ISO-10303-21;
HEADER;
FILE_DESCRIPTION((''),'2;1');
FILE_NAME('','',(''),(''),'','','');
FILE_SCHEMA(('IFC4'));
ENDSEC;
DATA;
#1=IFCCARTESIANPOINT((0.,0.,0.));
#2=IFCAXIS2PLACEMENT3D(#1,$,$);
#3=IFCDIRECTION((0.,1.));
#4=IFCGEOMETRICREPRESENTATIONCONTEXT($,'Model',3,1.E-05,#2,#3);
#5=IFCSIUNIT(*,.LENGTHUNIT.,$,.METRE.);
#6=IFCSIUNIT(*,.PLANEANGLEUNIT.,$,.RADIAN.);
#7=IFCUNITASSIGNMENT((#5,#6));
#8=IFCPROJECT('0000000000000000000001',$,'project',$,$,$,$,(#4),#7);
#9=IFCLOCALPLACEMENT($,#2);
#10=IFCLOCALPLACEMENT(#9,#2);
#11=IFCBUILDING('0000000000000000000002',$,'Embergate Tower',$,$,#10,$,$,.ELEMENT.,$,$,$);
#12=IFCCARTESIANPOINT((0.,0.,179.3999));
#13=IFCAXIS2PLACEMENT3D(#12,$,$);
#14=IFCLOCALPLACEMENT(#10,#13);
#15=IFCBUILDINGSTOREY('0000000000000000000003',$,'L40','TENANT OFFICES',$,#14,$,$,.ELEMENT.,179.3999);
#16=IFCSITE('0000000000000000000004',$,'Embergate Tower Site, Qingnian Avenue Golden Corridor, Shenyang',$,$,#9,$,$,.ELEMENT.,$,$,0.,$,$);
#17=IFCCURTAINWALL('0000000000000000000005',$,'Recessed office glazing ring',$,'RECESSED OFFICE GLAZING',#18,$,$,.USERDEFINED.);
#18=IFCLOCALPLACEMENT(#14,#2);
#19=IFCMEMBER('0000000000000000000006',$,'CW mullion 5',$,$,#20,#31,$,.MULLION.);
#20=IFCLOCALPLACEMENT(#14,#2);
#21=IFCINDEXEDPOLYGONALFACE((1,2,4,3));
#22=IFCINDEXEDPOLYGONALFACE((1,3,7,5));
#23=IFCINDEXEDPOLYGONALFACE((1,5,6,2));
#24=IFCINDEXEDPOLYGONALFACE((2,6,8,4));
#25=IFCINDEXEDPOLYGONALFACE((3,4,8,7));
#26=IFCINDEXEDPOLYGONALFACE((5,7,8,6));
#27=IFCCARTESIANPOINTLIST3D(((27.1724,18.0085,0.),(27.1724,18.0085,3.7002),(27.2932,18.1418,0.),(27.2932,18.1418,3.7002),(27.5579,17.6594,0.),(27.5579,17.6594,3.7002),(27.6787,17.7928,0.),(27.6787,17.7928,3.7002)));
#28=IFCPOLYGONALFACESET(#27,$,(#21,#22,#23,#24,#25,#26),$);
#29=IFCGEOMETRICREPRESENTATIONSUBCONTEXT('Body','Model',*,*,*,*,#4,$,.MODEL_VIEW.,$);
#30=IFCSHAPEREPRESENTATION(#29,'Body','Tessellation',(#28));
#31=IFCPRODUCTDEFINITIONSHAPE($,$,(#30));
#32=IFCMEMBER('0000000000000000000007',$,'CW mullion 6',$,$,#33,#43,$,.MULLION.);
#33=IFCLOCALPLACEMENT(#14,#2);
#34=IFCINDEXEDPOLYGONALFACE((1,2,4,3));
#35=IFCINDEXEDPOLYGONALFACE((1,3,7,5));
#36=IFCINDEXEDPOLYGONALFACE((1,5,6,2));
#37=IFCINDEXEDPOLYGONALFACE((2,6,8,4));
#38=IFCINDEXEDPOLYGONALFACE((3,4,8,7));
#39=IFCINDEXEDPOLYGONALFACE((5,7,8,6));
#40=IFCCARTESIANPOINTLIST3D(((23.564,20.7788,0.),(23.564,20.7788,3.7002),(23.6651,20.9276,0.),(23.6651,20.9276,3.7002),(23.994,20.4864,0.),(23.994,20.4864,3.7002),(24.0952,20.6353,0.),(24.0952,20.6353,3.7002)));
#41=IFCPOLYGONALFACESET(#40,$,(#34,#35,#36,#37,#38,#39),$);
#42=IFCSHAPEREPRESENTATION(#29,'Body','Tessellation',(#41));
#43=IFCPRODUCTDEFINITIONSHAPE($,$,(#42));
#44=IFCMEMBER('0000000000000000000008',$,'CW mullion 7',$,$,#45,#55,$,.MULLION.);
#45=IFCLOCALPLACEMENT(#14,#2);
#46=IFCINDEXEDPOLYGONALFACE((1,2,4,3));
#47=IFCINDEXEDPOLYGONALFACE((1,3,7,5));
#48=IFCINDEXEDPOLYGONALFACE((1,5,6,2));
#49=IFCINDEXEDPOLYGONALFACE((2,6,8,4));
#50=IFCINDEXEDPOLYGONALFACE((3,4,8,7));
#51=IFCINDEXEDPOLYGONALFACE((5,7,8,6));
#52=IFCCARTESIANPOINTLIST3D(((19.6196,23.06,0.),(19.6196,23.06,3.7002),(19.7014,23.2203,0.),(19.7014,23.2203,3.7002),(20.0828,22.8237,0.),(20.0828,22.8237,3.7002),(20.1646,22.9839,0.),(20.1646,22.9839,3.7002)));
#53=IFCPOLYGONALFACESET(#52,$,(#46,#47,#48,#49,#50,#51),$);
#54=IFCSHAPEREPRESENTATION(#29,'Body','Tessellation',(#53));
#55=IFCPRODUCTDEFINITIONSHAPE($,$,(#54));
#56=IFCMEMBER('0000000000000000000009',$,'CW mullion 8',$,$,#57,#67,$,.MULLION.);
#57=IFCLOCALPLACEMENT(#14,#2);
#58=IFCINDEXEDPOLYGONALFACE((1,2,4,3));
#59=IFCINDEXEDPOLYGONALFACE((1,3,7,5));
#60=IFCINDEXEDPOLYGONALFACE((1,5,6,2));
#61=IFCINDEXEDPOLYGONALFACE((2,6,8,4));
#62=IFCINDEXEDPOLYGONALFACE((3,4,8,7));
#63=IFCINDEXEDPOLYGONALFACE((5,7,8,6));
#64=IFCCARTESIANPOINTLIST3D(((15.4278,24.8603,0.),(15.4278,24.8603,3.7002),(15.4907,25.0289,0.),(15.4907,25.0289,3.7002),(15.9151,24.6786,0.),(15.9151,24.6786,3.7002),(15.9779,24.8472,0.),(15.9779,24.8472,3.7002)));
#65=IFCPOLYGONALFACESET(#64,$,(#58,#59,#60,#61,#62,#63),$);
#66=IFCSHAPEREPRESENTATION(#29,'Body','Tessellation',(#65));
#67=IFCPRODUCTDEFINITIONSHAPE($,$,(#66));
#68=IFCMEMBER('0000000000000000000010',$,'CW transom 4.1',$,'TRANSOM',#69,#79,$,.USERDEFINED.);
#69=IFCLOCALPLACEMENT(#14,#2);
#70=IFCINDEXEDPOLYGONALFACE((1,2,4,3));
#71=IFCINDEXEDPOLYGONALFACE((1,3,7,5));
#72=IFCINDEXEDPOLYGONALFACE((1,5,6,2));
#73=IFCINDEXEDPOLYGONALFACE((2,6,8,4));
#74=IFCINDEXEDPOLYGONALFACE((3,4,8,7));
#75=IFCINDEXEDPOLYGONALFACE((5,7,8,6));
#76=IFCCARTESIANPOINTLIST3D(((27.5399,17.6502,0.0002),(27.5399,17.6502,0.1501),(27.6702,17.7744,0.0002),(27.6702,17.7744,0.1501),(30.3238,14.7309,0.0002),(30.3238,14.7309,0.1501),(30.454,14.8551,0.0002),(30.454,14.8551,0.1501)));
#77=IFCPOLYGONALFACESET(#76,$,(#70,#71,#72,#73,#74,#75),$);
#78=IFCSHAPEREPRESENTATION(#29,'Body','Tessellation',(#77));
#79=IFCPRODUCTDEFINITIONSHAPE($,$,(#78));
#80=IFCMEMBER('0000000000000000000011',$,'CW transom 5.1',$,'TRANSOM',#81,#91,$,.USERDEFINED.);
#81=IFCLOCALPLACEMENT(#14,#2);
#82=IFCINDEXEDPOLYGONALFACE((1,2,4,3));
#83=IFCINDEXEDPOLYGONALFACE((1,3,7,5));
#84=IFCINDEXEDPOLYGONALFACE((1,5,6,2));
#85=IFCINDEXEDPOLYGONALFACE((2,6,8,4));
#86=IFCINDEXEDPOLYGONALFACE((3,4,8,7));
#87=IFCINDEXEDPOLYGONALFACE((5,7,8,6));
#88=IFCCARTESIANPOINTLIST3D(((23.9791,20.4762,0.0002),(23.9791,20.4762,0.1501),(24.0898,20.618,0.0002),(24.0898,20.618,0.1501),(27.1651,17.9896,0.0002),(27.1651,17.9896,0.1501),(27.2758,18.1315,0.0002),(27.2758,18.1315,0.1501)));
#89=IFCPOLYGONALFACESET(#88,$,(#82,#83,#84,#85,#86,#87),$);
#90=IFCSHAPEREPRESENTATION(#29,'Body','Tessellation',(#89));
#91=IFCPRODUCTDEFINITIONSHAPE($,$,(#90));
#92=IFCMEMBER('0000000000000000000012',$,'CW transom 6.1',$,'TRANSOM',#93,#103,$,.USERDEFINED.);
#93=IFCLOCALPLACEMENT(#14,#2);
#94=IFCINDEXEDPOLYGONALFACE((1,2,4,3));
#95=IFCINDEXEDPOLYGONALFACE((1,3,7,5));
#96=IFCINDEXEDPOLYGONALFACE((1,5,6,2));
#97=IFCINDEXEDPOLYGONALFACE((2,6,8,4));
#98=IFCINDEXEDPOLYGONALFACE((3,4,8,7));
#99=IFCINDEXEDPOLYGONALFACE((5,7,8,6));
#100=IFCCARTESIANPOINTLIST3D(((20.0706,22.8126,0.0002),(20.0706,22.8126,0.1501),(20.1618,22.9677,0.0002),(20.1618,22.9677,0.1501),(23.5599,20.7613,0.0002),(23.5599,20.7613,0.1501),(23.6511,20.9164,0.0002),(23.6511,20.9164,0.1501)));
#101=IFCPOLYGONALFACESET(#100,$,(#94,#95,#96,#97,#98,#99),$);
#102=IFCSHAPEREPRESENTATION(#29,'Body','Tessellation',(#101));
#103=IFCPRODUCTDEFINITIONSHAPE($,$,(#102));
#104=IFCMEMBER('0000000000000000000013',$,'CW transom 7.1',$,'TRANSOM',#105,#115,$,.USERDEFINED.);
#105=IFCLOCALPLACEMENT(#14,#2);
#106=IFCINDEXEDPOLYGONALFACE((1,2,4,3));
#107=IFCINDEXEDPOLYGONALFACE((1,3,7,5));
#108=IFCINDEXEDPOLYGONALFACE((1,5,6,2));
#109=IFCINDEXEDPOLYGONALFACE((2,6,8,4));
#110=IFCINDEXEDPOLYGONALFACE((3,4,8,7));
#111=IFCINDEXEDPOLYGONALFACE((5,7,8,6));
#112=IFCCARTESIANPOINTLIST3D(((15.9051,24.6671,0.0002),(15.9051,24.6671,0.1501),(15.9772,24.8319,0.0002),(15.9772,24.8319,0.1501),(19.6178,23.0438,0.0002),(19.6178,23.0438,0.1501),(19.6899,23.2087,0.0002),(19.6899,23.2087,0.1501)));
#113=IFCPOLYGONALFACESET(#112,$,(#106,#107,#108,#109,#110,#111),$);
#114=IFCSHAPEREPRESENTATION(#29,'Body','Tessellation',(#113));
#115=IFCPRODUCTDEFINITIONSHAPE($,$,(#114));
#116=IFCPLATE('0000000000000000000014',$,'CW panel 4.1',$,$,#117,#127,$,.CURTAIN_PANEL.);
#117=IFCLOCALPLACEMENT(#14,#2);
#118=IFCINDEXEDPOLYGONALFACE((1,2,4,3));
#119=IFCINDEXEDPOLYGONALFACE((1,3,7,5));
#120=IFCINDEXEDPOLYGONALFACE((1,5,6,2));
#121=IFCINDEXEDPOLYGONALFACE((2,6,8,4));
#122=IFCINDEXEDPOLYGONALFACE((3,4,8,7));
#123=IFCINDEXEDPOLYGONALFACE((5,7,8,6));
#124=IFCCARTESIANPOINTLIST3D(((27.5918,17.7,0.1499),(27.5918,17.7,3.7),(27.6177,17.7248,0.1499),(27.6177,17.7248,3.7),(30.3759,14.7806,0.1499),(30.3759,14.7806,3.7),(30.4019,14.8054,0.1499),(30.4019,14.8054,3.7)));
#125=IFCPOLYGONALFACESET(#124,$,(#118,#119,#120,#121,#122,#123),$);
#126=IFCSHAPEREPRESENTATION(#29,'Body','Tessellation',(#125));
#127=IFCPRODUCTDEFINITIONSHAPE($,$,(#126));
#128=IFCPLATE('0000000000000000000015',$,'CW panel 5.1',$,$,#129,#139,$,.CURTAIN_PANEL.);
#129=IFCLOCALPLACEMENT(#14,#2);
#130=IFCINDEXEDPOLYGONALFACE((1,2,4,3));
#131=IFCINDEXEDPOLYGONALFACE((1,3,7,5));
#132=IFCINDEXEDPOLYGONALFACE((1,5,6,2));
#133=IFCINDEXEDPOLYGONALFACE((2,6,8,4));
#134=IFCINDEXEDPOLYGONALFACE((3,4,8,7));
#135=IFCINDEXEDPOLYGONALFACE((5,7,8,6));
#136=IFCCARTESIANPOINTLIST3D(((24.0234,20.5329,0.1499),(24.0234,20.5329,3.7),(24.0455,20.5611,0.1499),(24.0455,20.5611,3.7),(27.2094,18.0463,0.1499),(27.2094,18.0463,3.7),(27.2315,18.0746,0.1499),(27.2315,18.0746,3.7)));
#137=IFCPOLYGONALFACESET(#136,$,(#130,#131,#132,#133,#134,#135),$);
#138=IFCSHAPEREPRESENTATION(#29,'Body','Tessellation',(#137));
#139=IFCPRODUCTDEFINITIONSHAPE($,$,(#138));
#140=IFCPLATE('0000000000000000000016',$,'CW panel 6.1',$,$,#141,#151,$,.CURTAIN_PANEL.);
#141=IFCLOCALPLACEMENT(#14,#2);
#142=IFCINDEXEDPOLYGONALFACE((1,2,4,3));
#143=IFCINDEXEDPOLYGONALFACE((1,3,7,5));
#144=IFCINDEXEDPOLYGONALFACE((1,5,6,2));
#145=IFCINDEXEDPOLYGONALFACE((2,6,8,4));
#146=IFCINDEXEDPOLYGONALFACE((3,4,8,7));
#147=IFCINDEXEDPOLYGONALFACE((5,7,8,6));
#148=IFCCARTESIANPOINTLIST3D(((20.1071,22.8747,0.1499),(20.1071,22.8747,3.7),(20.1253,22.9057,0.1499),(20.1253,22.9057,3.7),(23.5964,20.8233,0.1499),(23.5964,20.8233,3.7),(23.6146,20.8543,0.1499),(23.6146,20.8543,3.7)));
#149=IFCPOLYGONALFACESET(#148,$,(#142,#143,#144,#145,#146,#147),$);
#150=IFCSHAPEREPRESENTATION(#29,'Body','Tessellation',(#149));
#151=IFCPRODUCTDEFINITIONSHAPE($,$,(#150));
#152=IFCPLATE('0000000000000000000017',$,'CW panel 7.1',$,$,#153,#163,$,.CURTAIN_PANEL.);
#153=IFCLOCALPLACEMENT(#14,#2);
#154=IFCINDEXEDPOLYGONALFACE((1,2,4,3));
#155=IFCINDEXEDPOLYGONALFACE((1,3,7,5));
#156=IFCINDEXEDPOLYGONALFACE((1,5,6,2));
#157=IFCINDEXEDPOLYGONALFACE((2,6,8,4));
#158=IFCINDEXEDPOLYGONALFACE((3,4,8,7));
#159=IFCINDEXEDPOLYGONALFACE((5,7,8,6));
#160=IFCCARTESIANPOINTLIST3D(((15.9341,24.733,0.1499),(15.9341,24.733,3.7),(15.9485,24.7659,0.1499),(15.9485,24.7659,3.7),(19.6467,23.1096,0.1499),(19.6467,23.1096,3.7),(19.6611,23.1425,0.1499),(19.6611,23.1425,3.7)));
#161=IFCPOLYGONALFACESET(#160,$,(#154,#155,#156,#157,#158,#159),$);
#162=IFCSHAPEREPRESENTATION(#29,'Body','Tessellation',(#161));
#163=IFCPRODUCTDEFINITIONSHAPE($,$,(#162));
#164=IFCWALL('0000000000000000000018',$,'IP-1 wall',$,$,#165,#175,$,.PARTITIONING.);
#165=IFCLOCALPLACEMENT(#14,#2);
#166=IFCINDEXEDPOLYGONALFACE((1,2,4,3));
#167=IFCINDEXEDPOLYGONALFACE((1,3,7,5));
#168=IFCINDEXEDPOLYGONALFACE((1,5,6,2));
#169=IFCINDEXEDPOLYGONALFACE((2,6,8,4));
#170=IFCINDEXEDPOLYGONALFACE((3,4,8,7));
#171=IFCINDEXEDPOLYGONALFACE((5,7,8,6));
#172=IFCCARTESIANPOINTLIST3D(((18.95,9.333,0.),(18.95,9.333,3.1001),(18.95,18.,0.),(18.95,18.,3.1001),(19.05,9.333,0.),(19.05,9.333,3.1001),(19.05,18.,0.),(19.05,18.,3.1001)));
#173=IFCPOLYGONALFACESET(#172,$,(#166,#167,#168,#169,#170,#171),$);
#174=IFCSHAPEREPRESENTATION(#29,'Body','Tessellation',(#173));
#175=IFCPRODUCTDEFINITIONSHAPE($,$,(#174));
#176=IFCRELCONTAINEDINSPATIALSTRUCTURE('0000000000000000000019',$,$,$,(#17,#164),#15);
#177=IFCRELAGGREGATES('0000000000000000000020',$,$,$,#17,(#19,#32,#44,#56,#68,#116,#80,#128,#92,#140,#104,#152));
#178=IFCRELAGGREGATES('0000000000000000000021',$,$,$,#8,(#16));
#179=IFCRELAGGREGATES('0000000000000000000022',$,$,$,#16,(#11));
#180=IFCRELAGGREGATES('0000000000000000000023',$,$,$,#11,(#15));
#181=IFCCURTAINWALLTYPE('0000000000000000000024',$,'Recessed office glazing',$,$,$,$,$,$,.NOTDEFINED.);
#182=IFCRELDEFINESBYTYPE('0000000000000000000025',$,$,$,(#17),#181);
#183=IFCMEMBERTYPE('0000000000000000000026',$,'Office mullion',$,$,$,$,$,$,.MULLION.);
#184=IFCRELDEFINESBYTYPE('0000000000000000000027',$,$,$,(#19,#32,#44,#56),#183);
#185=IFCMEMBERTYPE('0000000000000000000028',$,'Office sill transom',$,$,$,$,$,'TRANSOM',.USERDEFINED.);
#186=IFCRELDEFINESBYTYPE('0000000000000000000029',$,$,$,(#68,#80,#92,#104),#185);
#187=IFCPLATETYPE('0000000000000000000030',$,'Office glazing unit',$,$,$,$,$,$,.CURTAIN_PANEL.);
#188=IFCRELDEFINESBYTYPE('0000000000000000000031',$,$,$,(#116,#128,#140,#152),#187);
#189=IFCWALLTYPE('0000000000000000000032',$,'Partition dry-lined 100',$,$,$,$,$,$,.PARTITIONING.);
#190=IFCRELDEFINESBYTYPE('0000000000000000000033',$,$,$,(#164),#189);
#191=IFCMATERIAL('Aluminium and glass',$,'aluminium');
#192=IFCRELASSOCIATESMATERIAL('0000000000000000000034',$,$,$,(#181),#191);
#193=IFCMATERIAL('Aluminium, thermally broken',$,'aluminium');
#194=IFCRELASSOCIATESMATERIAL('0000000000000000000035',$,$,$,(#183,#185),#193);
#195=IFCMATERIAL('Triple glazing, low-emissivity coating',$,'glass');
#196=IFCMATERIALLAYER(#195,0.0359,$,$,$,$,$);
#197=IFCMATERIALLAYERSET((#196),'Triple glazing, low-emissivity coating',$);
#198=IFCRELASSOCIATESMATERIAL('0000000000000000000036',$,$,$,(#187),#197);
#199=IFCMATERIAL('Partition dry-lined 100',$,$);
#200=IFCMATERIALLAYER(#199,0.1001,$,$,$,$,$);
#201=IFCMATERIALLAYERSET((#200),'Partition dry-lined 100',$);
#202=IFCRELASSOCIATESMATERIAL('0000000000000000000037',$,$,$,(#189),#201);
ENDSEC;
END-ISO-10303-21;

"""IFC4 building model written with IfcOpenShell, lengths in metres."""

from ifc_helpers import new_model, si_unit, direction, frame, frame_2d, origin, origin_2d, place, context, subcontext, project, spatial, rectangle, extrude, source, transform, mapped, material, layer, layer_set, material_profile, profile_set, type_object, element, aggregate, save


model = new_model("IFC4")

# Units and contexts
model_context = context("Model", 3, precision=1e-05, world=origin(), true_north=direction((0.0, 1.0)))
body_context = subcontext(model_context, "Body", "Model", "MODEL_VIEW")
ifc_project = project(units=[si_unit("LENGTHUNIT", "METRE"), si_unit("PLANEANGLEUNIT", "RADIAN")], contexts=[model_context])

# Site, building, storey
site_placement = place(None, origin())
site = spatial("IfcSite", under=ifc_project, at=site_placement, Name="Embergate Tower Site, Qingnian Avenue Golden Corridor, Shenyang", CompositionType="ELEMENT", RefElevation=0.0)
building_placement = place(site_placement, origin())
building = spatial("IfcBuilding", under=site, at=building_placement, Name="Embergate Tower", CompositionType="ELEMENT")
storey_placement = place(building_placement, frame((0.0, 0.0, 179.3999)))
storey = spatial("IfcBuildingStorey", under=building, at=storey_placement, Name="L40", Description="TENANT OFFICES", CompositionType="ELEMENT", Elevation=179.3999)

# Curtain wall, members, plates
ifc_material_1 = material(Name="Aluminium and glass", Category="aluminium")
curtain_wall_type = type_object("IfcCurtainWallType", Name="Recessed office glazing", PredefinedType="NOTDEFINED", material=ifc_material_1)
curtain_wall_placement = place(storey_placement, origin())
curtain_wall = element("IfcCurtainWall", 1, at=curtain_wall_placement, inside=storey, type_object=curtain_wall_type, Name="Recessed office glazing ring", ObjectType="RECESSED OFFICE GLAZING", PredefinedType="USERDEFINED")
ifc_material_2 = material(Name="Aluminium, thermally broken", Category="aluminium")
ifc_material_profile_1 = material_profile(ifc_material_2, rectangle(XDim=0.1799, YDim=0.52, at=origin_2d()), Name="AL 520x180")
ifc_profile_set_1 = profile_set([ifc_material_profile_1], Name="Aluminium, thermally broken")
member_type_1 = type_object("IfcMemberType", Name="Office mullion", PredefinedType="MULLION", material=ifc_profile_set_1)
shared_shape_1 = source(origin(), body_context, "Body", "SweptSolid", [
    extrude(rectangle(XDim=0.1799, YDim=0.52, at=origin_2d()), origin(), (0.0, 0.0, 1.0), 3.7002),
])
member_1_placement = place(storey_placement, frame((27.4255, 17.9006, 0.0), z_axis=(0.0, 0.0, 1.0), x_axis=(-0.671221, -0.741257, 0.0)))
member_1 = element("IfcMember", 2, at=member_1_placement, type_object=member_type_1, Name="CW mullion 5", PredefinedType="MULLION", context=body_context, shape_type="MappedRepresentation", body=[
    mapped(shared_shape_1, transform((0.0, 0.0, 0.0))),
])
member_2_placement = place(storey_placement, frame((23.8296, 20.707, 0.0), z_axis=(0.0, 0.0, 1.0), x_axis=(-0.56221, -0.826994, 0.0)))
member_2 = element("IfcMember", 3, at=member_2_placement, type_object=member_type_1, Name="CW mullion 6", PredefinedType="MULLION", context=body_context, shape_type="MappedRepresentation", body=[
    mapped(shared_shape_1, transform((0.0, 0.0, 0.0))),
])
member_3_placement = place(storey_placement, frame((19.8921, 23.022, 0.0), z_axis=(0.0, 0.0, 1.0), x_axis=(-0.454505, -0.890744, 0.0)))
member_3 = element("IfcMember", 4, at=member_3_placement, type_object=member_type_1, Name="CW mullion 7", PredefinedType="MULLION", context=body_context, shape_type="MappedRepresentation", body=[
    mapped(shared_shape_1, transform((0.0, 0.0, 0.0))),
])
member_4_placement = place(storey_placement, frame((15.7029, 24.8538, 0.0), z_axis=(0.0, 0.0, 1.0), x_axis=(-0.349498, -0.936937, 0.0)))
member_4 = element("IfcMember", 5, at=member_4_placement, type_object=member_type_1, Name="CW mullion 8", PredefinedType="MULLION", context=body_context, shape_type="MappedRepresentation", body=[
    mapped(shared_shape_1, transform((0.0, 0.0, 0.0))),
])
ifc_material_profile_2 = material_profile(ifc_material_2, rectangle(XDim=0.1799, YDim=0.1499, at=origin_2d()), Name="AL 150x180")
ifc_profile_set_2 = profile_set([ifc_material_profile_2], Name="Aluminium, thermally broken")
member_type_2 = type_object("IfcMemberType", Name="Office sill transom", ElementType="TRANSOM", PredefinedType="USERDEFINED", material=ifc_profile_set_2)
shared_shape_2 = source(origin(), body_context, "Body", "SweptSolid", [
    extrude(rectangle(XDim=0.1799, YDim=0.1499, at=origin_2d()), origin(), (0.0, 0.0, 1.0), 4.0339),
])
member_5_placement = place(storey_placement, frame((30.3889, 14.793, 0.0752), z_axis=(-0.690113, 0.723702, 0.0), x_axis=(-0.723702, -0.690113, 0.0)))
member_5 = element("IfcMember", 6, at=member_5_placement, type_object=member_type_2, Name="CW transom 4.1", ObjectType="TRANSOM", PredefinedType="USERDEFINED", context=body_context, shape_type="MappedRepresentation", body=[
    mapped(shared_shape_2, transform((0.0, 0.0, 0.0))),
])
shared_shape_3 = source(origin(), body_context, "Body", "SweptSolid", [
    extrude(rectangle(XDim=0.1799, YDim=0.1499, at=origin_2d()), origin(), (0.0, 0.0, 1.0), 4.0415),
])
member_6_placement = place(storey_placement, frame((27.2205, 18.0605, 0.0752), z_axis=(-0.788327, 0.615257, 0.0), x_axis=(-0.615257, -0.788327, 0.0)))
member_6 = element("IfcMember", 7, at=member_6_placement, type_object=member_type_2, Name="CW transom 5.1", ObjectType="TRANSOM", PredefinedType="USERDEFINED", context=body_context, shape_type="MappedRepresentation", body=[
    mapped(shared_shape_3, transform((0.0, 0.0, 0.0))),
])
shared_shape_4 = source(origin(), body_context, "Body", "SweptSolid", [
    extrude(rectangle(XDim=0.1799, YDim=0.1499, at=origin_2d()), origin(), (0.0, 0.0, 1.0), 4.0476),
])
member_7_placement = place(storey_placement, frame((23.6055, 20.8389, 0.0752), z_axis=(-0.862068, 0.506793, 0.0), x_axis=(-0.506793, -0.862068, 0.0)))
member_7 = element("IfcMember", 8, at=member_7_placement, type_object=member_type_2, Name="CW transom 6.1", ObjectType="TRANSOM", PredefinedType="USERDEFINED", context=body_context, shape_type="MappedRepresentation", body=[
    mapped(shared_shape_4, transform((0.0, 0.0, 0.0))),
])
shared_shape_5 = source(origin(), body_context, "Body", "SweptSolid", [
    extrude(rectangle(XDim=0.1799, YDim=0.1499, at=origin_2d()), origin(), (0.0, 0.0, 1.0), 4.052),
])
member_8_placement = place(storey_placement, frame((19.6538, 23.1262, 0.0752), z_axis=(-0.916247, 0.400613, 0.0), x_axis=(-0.400613, -0.916247, 0.0)))
member_8 = element("IfcMember", 9, at=member_8_placement, type_object=member_type_2, Name="CW transom 7.1", ObjectType="TRANSOM", PredefinedType="USERDEFINED", context=body_context, shape_type="MappedRepresentation", body=[
    mapped(shared_shape_5, transform((0.0, 0.0, 0.0))),
])
ifc_material_3 = material(Name="Triple glazing, low-emissivity coating", Category="glass")
ifc_layer_1 = layer(ifc_material_3, 0.0359)
ifc_layer_set_1 = layer_set([ifc_layer_1], Name="Triple glazing, low-emissivity coating")
plate_type = type_object("IfcPlateType", Name="Office glazing unit", PredefinedType="CURTAIN_PANEL", material=ifc_layer_set_1)
shared_shape_6 = source(origin(), body_context, "Body", "SweptSolid", [
    extrude(rectangle(XDim=4.0342, YDim=0.0359, at=origin_2d()), origin(), (0.0, 0.0, 1.0), 3.55),
])
plate_1_placement = place(storey_placement, frame((28.9968, 16.2527, 0.1499), z_axis=(0.0, 0.0, 1.0), x_axis=(-0.69014, 0.723676, 0.0)))
plate_1 = element("IfcPlate", 10, at=plate_1_placement, type_object=plate_type, Name="CW panel 4.1", PredefinedType="CURTAIN_PANEL", context=body_context, shape_type="MappedRepresentation", body=[
    mapped(shared_shape_6, transform((0.0, 0.0, 0.0))),
])
shared_shape_7 = source(origin(), body_context, "Body", "SweptSolid", [
    extrude(rectangle(XDim=4.0415, YDim=0.0359, at=origin_2d()), origin(), (0.0, 0.0, 1.0), 3.55),
])
plate_2_placement = place(storey_placement, frame((25.6274, 19.3037, 0.1499), z_axis=(0.0, 0.0, 1.0), x_axis=(-0.788324, 0.61526, 0.0)))
plate_2 = element("IfcPlate", 11, at=plate_2_placement, type_object=plate_type, Name="CW panel 5.1", PredefinedType="CURTAIN_PANEL", context=body_context, shape_type="MappedRepresentation", body=[
    mapped(shared_shape_7, transform((0.0, 0.0, 0.0))),
])
shared_shape_8 = source(origin(), body_context, "Body", "SweptSolid", [
    extrude(rectangle(XDim=4.0476, YDim=0.0359, at=origin_2d()), origin(), (0.0, 0.0, 1.0), 3.55),
])
plate_3_placement = place(storey_placement, frame((21.8608, 21.8645, 0.1499), z_axis=(0.0, 0.0, 1.0), x_axis=(-0.862056, 0.506813, 0.0)))
plate_3 = element("IfcPlate", 12, at=plate_3_placement, type_object=plate_type, Name="CW panel 6.1", PredefinedType="CURTAIN_PANEL", context=body_context, shape_type="MappedRepresentation", body=[
    mapped(shared_shape_8, transform((0.0, 0.0, 0.0))),
])
shared_shape_9 = source(origin(), body_context, "Body", "SweptSolid", [
    extrude(rectangle(XDim=4.052, YDim=0.0359, at=origin_2d()), origin(), (0.0, 0.0, 1.0), 3.55),
])
plate_4_placement = place(storey_placement, frame((17.7976, 23.9377, 0.1499), z_axis=(0.0, 0.0, 1.0), x_axis=(-0.916238, 0.400634, 0.0)))
plate_4 = element("IfcPlate", 13, at=plate_4_placement, type_object=plate_type, Name="CW panel 7.1", PredefinedType="CURTAIN_PANEL", context=body_context, shape_type="MappedRepresentation", body=[
    mapped(shared_shape_9, transform((0.0, 0.0, 0.0))),
])
aggregate(curtain_wall, [member_1, member_2, member_3, member_4, member_5, plate_1, member_6, plate_2, member_7, plate_3, member_8, plate_4])

# Wall
ifc_material_4 = material(Name="Partition dry-lined 100")
ifc_layer_2 = layer(ifc_material_4, 0.1001)
ifc_layer_set_2 = layer_set([ifc_layer_2], Name="Partition dry-lined 100")
wall_type = type_object("IfcWallType", Name="Partition dry-lined 100", PredefinedType="PARTITIONING", material=ifc_layer_set_2)
shared_shape_10 = source(origin(), body_context, "Body", "SweptSolid", [
    extrude(rectangle(XDim=8.667, YDim=0.1001, at=frame_2d((4.3335, 0.0))), origin(), (0.0, 0.0, 1.0), 3.1001),
])
wall_placement = place(storey_placement, frame((19.0, 18.0, 0.0), z_axis=(0.0, 0.0, 1.0), x_axis=(0.0, -1.0, 0.0)))
element("IfcWall", 14, at=wall_placement, inside=storey, type_object=wall_type, Name="IP-1 wall", PredefinedType="PARTITIONING", context=body_context, shape_type="MappedRepresentation", body=[
    mapped(shared_shape_10, transform((0.0, 0.0, 0.0))),
])

save(model, "model.ifc")
